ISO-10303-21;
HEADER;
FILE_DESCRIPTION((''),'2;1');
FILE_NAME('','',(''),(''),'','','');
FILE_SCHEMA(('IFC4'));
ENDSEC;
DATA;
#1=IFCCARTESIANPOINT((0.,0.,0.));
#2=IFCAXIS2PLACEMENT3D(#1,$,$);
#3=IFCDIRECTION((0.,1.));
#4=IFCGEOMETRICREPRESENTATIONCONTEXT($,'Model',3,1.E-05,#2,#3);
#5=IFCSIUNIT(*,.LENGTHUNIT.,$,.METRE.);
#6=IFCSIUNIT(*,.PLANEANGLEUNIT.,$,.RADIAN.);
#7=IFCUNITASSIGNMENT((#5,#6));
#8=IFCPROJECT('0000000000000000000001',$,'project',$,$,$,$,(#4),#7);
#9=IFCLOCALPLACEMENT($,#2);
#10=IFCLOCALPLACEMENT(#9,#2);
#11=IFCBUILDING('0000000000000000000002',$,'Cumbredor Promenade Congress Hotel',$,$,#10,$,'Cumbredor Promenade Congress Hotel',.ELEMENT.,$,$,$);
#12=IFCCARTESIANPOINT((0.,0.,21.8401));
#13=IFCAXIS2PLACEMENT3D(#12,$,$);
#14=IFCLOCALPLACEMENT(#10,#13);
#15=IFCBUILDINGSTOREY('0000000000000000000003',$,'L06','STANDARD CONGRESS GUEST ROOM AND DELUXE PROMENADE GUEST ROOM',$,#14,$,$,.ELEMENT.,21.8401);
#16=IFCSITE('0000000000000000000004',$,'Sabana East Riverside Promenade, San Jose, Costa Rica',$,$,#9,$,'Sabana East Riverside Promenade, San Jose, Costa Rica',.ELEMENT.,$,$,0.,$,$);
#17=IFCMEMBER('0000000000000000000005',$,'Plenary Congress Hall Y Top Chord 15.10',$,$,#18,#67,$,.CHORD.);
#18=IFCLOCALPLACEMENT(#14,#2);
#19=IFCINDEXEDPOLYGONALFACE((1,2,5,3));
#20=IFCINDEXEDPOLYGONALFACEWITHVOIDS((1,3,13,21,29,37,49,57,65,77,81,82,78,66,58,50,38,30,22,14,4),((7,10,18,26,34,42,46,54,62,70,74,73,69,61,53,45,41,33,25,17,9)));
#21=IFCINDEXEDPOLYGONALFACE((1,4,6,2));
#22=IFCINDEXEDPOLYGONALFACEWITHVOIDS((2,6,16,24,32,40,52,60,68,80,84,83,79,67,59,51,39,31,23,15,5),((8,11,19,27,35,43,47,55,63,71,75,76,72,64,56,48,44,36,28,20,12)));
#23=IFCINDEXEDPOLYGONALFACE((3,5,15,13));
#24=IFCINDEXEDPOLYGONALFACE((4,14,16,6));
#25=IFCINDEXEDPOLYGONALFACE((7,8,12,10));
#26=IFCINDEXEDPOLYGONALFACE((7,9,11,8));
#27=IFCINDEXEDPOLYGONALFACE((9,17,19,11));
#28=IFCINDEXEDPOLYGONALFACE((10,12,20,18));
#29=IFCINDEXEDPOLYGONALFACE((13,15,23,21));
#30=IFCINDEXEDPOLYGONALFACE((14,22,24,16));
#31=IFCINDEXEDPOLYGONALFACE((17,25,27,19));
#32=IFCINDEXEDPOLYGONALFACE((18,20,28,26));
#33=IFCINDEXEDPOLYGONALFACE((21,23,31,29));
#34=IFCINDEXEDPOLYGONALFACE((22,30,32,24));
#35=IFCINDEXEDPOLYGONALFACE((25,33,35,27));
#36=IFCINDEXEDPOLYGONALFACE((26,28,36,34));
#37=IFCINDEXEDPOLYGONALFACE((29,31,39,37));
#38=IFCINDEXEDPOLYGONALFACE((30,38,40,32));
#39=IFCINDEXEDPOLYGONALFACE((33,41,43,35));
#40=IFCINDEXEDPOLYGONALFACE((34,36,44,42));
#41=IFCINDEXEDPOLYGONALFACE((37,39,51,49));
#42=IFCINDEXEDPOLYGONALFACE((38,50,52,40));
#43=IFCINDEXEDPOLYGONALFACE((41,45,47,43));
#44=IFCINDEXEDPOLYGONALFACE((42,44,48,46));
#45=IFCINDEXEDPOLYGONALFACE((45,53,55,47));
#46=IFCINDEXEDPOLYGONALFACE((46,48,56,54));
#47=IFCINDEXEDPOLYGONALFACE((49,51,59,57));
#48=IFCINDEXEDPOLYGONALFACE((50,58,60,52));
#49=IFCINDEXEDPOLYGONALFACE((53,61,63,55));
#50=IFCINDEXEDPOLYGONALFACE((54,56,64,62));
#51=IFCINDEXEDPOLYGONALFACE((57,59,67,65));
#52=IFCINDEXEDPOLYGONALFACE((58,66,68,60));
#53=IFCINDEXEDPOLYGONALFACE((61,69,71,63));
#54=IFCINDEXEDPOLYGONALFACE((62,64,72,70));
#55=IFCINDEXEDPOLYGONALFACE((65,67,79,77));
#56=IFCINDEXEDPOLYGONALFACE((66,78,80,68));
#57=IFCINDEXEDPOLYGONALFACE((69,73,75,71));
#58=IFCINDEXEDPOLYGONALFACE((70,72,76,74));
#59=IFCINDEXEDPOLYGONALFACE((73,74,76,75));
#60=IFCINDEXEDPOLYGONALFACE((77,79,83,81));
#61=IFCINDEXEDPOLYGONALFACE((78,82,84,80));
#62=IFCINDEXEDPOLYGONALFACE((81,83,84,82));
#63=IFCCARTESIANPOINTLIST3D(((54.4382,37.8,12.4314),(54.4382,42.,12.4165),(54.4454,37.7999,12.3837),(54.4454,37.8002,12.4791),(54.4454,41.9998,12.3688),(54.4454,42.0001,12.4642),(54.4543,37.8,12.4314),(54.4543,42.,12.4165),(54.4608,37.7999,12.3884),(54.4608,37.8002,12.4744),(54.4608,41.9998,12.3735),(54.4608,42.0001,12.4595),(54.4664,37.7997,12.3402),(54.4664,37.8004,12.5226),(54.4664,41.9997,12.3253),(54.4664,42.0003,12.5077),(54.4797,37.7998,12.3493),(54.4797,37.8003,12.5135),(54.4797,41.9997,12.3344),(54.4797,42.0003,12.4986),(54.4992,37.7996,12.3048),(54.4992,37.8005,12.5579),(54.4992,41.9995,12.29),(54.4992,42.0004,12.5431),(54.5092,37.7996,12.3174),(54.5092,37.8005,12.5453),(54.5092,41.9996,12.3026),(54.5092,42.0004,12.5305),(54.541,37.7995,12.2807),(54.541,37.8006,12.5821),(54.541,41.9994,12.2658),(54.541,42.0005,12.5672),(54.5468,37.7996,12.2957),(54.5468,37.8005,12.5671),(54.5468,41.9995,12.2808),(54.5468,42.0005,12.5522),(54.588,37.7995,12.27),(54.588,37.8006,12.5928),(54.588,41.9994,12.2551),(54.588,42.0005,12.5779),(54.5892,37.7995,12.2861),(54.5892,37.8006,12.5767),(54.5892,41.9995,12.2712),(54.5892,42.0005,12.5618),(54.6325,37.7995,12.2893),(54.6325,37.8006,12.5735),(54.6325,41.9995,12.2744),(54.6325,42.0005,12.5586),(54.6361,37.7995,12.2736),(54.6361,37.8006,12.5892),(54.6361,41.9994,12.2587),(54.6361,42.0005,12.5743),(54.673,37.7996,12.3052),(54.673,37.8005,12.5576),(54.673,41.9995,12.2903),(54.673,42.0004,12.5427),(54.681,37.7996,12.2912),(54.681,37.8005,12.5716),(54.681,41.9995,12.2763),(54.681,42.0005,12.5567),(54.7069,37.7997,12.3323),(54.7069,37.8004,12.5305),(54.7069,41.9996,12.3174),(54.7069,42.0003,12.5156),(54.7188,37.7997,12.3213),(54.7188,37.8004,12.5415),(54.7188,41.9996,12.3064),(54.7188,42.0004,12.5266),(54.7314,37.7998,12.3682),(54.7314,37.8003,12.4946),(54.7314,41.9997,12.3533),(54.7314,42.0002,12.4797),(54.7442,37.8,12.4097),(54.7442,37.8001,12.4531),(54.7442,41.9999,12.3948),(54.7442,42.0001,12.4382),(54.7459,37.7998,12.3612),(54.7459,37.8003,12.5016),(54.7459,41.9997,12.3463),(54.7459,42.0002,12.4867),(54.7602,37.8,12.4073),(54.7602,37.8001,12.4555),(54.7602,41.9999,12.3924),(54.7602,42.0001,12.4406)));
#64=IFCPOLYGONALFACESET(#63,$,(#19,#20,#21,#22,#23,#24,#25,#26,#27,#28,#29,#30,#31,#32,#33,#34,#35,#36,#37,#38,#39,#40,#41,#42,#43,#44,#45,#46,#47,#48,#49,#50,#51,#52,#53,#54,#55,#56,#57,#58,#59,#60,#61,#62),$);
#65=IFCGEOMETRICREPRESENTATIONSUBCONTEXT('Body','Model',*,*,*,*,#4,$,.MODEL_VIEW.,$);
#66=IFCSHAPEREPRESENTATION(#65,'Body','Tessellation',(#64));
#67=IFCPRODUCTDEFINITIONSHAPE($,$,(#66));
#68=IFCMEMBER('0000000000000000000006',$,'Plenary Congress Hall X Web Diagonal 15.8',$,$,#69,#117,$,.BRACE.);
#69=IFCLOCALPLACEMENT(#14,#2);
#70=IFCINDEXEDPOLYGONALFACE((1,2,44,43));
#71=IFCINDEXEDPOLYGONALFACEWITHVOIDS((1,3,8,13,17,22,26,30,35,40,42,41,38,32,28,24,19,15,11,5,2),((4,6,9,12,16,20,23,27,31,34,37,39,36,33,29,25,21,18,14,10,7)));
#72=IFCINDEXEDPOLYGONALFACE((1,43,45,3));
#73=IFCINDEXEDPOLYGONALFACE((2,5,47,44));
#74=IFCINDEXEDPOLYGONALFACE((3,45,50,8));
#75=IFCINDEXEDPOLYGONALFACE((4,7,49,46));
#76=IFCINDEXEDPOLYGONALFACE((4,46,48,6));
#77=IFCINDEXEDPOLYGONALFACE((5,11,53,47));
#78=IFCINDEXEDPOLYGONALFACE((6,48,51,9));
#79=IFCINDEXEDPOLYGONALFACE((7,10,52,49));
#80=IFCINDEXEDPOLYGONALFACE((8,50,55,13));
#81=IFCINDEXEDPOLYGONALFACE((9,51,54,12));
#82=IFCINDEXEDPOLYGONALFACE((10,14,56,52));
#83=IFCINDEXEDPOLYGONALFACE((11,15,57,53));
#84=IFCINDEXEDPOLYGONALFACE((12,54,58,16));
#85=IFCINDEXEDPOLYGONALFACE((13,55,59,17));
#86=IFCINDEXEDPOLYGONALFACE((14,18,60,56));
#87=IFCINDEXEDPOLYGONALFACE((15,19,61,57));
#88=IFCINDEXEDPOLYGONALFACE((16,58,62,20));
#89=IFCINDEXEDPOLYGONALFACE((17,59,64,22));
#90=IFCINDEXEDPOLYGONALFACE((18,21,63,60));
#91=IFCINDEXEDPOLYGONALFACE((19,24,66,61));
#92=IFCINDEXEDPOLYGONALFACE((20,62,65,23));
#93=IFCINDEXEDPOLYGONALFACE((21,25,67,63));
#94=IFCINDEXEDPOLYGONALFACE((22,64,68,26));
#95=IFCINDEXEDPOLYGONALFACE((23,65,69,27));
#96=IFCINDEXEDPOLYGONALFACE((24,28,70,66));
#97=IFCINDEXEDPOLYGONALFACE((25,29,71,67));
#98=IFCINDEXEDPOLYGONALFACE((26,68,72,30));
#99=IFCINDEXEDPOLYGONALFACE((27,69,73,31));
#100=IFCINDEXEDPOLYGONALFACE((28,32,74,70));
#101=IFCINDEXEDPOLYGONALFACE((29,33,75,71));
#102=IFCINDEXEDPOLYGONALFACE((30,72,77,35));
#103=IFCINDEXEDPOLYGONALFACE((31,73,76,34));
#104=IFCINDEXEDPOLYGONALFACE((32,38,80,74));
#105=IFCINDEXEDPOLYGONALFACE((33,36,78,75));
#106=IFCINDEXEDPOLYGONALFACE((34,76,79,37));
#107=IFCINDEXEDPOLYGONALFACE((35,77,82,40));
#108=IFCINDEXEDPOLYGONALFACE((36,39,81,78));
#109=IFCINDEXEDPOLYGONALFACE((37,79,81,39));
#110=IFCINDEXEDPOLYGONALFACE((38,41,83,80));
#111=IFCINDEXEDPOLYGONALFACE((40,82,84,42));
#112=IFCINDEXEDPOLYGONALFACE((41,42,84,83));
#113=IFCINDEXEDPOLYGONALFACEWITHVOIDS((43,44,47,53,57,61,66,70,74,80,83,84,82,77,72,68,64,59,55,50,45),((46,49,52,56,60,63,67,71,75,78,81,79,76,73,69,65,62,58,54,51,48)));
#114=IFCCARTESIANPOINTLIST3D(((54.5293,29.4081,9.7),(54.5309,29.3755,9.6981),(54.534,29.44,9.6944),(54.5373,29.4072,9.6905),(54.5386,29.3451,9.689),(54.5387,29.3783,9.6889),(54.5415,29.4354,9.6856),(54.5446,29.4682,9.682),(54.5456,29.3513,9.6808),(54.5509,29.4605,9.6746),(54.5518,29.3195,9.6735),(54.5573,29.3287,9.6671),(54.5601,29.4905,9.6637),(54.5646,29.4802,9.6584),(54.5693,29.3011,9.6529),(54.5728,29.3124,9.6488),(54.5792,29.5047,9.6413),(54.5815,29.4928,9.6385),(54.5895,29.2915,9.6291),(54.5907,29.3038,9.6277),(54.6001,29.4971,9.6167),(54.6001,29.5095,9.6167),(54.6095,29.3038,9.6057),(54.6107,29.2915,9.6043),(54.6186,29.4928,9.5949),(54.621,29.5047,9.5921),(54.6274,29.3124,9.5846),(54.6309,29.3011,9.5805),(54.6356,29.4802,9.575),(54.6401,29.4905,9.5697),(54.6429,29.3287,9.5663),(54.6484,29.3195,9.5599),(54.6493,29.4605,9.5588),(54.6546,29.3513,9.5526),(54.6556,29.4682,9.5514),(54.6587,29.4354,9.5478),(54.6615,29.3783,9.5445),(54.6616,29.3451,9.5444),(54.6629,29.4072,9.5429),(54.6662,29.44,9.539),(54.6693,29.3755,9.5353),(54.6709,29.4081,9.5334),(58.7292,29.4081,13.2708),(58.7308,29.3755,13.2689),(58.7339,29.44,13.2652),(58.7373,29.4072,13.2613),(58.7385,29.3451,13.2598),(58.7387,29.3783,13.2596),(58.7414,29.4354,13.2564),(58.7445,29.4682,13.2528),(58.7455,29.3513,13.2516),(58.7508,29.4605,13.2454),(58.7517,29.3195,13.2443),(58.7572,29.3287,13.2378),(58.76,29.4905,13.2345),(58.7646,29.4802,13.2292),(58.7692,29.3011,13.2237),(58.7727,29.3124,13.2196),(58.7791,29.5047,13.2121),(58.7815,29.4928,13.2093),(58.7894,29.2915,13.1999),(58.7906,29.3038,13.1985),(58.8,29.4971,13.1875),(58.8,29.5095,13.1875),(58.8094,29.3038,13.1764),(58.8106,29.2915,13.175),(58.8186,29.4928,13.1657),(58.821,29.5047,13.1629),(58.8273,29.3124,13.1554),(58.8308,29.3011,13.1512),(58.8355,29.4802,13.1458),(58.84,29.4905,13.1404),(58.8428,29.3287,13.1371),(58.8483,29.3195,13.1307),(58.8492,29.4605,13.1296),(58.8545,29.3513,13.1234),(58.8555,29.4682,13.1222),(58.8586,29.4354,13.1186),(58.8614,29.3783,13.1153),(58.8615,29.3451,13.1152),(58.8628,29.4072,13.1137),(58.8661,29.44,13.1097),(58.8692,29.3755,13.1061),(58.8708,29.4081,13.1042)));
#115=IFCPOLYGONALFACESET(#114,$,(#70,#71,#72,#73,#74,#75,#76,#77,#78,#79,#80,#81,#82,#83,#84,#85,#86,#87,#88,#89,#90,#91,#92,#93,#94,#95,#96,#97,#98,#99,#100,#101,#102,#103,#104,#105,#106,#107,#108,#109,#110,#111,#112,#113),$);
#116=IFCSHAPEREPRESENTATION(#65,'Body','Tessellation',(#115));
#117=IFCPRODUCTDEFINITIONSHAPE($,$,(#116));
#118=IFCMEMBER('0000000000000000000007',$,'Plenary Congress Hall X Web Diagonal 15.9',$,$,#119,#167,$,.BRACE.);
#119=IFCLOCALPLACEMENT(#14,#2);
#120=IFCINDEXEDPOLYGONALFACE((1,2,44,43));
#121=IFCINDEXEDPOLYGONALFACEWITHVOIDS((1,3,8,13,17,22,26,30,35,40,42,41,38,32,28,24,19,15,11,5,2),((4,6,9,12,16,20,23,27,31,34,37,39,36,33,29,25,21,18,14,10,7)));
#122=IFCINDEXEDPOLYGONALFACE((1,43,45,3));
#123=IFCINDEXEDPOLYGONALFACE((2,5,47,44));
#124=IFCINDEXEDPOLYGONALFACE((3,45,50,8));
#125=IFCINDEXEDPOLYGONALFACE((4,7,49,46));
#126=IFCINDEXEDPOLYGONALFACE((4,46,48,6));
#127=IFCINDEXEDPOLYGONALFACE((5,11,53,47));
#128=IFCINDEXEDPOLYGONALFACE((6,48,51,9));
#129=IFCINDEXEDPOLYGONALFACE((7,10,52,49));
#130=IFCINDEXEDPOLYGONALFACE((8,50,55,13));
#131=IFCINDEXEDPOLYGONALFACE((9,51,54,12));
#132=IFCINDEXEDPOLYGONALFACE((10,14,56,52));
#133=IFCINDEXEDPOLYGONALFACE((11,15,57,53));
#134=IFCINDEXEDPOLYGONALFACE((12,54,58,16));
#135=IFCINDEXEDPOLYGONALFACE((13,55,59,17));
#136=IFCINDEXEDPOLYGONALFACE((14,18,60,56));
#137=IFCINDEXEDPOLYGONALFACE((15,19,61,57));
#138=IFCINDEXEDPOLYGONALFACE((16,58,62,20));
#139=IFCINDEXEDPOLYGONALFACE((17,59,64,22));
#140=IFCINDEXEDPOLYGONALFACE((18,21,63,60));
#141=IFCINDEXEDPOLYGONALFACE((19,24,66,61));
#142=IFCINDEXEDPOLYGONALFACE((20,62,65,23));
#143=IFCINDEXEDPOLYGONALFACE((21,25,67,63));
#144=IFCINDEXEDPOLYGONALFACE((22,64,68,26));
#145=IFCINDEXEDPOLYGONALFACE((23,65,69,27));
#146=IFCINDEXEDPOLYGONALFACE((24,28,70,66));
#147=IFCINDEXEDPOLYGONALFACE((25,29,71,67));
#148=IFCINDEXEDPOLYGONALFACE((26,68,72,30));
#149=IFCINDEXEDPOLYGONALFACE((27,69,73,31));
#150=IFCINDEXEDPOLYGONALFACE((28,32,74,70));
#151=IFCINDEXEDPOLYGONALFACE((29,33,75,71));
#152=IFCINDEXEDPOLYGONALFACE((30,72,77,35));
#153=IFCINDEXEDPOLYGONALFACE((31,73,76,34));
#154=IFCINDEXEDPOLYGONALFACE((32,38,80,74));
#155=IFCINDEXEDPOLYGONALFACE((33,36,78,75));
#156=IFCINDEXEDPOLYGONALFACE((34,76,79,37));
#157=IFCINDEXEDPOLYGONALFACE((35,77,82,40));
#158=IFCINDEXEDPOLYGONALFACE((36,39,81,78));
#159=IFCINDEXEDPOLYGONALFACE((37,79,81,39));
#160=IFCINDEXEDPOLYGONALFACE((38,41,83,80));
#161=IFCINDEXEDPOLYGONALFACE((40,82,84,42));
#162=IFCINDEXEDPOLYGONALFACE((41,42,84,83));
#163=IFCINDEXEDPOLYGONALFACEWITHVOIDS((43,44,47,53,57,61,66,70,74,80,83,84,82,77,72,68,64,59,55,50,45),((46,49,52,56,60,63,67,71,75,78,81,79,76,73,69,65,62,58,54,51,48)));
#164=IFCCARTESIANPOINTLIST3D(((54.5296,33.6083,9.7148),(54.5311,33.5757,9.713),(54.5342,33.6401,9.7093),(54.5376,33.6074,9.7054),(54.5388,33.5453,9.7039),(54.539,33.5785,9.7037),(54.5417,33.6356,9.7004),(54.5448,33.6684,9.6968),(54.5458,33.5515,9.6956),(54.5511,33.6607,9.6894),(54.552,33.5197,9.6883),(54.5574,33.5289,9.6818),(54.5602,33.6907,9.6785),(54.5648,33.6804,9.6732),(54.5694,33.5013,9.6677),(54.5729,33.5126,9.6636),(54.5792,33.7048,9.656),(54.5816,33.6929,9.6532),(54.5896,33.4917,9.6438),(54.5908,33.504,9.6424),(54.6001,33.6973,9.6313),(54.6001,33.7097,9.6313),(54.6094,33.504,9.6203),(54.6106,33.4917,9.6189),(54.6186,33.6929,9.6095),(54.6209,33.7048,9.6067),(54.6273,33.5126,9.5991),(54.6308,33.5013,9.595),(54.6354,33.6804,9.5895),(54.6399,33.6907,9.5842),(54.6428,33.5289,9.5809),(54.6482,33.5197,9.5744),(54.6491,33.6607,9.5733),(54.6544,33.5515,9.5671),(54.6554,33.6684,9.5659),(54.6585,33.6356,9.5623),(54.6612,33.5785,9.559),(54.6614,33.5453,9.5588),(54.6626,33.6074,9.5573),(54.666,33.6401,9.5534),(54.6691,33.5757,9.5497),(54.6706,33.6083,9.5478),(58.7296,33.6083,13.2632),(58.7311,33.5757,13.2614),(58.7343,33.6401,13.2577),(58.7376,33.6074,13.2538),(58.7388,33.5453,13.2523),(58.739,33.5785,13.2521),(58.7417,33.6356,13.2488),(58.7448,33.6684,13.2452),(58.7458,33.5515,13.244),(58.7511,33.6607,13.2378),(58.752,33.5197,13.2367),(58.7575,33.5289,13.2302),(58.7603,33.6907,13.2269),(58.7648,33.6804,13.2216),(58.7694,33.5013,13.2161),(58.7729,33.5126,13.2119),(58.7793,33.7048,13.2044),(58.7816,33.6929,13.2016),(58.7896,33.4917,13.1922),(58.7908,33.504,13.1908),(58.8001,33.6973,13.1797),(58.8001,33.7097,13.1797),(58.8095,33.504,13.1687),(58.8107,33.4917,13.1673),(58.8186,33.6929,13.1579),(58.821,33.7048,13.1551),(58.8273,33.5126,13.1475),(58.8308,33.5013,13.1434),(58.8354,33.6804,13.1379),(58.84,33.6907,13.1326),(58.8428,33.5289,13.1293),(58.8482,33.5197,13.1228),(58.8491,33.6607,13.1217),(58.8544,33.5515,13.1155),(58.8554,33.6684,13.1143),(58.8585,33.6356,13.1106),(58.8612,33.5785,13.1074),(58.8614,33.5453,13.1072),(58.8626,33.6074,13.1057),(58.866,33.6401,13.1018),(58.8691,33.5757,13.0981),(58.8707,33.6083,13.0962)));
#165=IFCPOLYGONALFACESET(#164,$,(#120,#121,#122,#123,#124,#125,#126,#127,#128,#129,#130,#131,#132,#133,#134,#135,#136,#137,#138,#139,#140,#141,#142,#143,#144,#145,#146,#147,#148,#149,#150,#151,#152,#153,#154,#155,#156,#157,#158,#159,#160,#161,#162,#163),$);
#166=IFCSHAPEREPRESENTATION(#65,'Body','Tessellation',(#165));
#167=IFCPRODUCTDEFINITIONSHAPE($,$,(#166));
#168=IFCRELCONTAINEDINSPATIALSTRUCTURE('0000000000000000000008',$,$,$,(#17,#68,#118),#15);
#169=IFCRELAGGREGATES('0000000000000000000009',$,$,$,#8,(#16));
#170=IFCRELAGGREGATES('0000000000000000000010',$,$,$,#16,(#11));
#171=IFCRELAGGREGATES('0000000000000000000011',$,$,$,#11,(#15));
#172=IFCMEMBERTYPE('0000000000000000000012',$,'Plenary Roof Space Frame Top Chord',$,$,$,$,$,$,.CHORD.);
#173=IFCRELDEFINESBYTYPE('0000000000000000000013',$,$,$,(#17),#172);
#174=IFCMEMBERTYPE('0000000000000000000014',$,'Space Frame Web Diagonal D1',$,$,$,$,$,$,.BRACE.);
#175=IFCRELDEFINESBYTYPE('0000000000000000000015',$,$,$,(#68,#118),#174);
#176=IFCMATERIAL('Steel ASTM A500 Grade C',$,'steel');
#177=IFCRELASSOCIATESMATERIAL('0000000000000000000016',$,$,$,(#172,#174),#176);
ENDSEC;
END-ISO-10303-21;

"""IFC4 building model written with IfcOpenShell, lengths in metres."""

from ifc_helpers import new_model, si_unit, direction, frame, origin, origin_2d, place, context, subcontext, project, spatial, hollow_circle, extrude, material, material_profile, profile_set, type_object, element, save


model = new_model("IFC4")

# Units and contexts
model_context = context("Model", 3, precision=1e-05, world=origin(), true_north=direction((0.0, 1.0)))
body_context = subcontext(model_context, "Body", "Model", "MODEL_VIEW")
ifc_project = project(units=[si_unit("LENGTHUNIT", "METRE"), si_unit("PLANEANGLEUNIT", "RADIAN")], contexts=[model_context])

# Site, building, storey
site_placement = place(None, origin())
site = spatial("IfcSite", under=ifc_project, at=site_placement, Name="Sabana East Riverside Promenade, San Jose, Costa Rica", LongName="Sabana East Riverside Promenade, San Jose, Costa Rica", CompositionType="ELEMENT", RefElevation=0.0)
building_placement = place(site_placement, origin())
building = spatial("IfcBuilding", under=site, at=building_placement, Name="Cumbredor Promenade Congress Hotel", LongName="Cumbredor Promenade Congress Hotel", CompositionType="ELEMENT")
storey_placement = place(building_placement, frame((0.0, 0.0, 21.8401)))
storey = spatial("IfcBuildingStorey", under=building, at=storey_placement, Name="L06", Description="STANDARD CONGRESS GUEST ROOM AND DELUXE PROMENADE GUEST ROOM", CompositionType="ELEMENT", Elevation=21.8401)

# Members
ifc_material_1 = material(Name="Steel ASTM A500 Grade C", Category="steel")
ifc_material_profile_1 = material_profile(ifc_material_1, hollow_circle(Radius=0.1619, WallThickness=0.0161, at=origin_2d()), Name="CHS 323.9x16")
ifc_profile_set_1 = profile_set([ifc_material_profile_1], Name="Steel ASTM A500 Grade C")
member_type_1 = type_object("IfcMemberType", Name="Plenary Roof Space Frame Top Chord", PredefinedType="CHORD", material=ifc_profile_set_1)
for number, where, z_axis, x_axis, name in (
    (1, (54.6001, 37.8, 12.4314), (0.0, 0.999994, -0.003546), (-1.0, 0.0, 0.0), "Plenary Congress Hall Y Top Chord 15.10"),
):
    element("IfcMember", number, at=place(storey_placement, frame(where, z_axis=z_axis, x_axis=x_axis)), inside=storey, type_object=member_type_1, Name=name, PredefinedType="CHORD", context=body_context, shape_type="SweptSolid", body=[
        extrude(hollow_circle(Radius=0.1619, WallThickness=0.0161, at=origin_2d()), origin(), (0.0, 0.0, 1.0), 4.2),
    ])
ifc_material_profile_2 = material_profile(ifc_material_1, hollow_circle(Radius=0.1096, WallThickness=0.0125, at=origin_2d()), Name="CHS 219.1x12.5")
ifc_profile_set_2 = profile_set([ifc_material_profile_2], Name="Steel ASTM A500 Grade C")
member_type_2 = type_object("IfcMemberType", Name="Space Frame Web Diagonal D1", PredefinedType="BRACE", material=ifc_profile_set_2)
member_1_placement = place(storey_placement, frame((54.6001, 29.3999, 9.6167), z_axis=(0.761864, 0.0, 0.647737), x_axis=(0.0, 1.0, 0.0)))
element("IfcMember", 2, at=member_1_placement, inside=storey, type_object=member_type_2, Name="Plenary Congress Hall X Web Diagonal 15.8", PredefinedType="BRACE", context=body_context, shape_type="SweptSolid", body=[
    extrude(hollow_circle(Radius=0.1096, WallThickness=0.0125, at=origin_2d()), origin(), (0.0, 0.0, 1.0), 5.5127),
])
member_2_placement = place(storey_placement, frame((54.6001, 33.6001, 9.6313), z_axis=(0.763876, 0.0, 0.645363), x_axis=(0.0, 1.0, 0.0)))
element("IfcMember", 3, at=member_2_placement, inside=storey, type_object=member_type_2, Name="Plenary Congress Hall X Web Diagonal 15.9", PredefinedType="BRACE", context=body_context, shape_type="SweptSolid", body=[
    extrude(hollow_circle(Radius=0.1096, WallThickness=0.0125, at=origin_2d()), origin(), (0.0, 0.0, 1.0), 5.4983),
])

save(model, "model.ifc")
